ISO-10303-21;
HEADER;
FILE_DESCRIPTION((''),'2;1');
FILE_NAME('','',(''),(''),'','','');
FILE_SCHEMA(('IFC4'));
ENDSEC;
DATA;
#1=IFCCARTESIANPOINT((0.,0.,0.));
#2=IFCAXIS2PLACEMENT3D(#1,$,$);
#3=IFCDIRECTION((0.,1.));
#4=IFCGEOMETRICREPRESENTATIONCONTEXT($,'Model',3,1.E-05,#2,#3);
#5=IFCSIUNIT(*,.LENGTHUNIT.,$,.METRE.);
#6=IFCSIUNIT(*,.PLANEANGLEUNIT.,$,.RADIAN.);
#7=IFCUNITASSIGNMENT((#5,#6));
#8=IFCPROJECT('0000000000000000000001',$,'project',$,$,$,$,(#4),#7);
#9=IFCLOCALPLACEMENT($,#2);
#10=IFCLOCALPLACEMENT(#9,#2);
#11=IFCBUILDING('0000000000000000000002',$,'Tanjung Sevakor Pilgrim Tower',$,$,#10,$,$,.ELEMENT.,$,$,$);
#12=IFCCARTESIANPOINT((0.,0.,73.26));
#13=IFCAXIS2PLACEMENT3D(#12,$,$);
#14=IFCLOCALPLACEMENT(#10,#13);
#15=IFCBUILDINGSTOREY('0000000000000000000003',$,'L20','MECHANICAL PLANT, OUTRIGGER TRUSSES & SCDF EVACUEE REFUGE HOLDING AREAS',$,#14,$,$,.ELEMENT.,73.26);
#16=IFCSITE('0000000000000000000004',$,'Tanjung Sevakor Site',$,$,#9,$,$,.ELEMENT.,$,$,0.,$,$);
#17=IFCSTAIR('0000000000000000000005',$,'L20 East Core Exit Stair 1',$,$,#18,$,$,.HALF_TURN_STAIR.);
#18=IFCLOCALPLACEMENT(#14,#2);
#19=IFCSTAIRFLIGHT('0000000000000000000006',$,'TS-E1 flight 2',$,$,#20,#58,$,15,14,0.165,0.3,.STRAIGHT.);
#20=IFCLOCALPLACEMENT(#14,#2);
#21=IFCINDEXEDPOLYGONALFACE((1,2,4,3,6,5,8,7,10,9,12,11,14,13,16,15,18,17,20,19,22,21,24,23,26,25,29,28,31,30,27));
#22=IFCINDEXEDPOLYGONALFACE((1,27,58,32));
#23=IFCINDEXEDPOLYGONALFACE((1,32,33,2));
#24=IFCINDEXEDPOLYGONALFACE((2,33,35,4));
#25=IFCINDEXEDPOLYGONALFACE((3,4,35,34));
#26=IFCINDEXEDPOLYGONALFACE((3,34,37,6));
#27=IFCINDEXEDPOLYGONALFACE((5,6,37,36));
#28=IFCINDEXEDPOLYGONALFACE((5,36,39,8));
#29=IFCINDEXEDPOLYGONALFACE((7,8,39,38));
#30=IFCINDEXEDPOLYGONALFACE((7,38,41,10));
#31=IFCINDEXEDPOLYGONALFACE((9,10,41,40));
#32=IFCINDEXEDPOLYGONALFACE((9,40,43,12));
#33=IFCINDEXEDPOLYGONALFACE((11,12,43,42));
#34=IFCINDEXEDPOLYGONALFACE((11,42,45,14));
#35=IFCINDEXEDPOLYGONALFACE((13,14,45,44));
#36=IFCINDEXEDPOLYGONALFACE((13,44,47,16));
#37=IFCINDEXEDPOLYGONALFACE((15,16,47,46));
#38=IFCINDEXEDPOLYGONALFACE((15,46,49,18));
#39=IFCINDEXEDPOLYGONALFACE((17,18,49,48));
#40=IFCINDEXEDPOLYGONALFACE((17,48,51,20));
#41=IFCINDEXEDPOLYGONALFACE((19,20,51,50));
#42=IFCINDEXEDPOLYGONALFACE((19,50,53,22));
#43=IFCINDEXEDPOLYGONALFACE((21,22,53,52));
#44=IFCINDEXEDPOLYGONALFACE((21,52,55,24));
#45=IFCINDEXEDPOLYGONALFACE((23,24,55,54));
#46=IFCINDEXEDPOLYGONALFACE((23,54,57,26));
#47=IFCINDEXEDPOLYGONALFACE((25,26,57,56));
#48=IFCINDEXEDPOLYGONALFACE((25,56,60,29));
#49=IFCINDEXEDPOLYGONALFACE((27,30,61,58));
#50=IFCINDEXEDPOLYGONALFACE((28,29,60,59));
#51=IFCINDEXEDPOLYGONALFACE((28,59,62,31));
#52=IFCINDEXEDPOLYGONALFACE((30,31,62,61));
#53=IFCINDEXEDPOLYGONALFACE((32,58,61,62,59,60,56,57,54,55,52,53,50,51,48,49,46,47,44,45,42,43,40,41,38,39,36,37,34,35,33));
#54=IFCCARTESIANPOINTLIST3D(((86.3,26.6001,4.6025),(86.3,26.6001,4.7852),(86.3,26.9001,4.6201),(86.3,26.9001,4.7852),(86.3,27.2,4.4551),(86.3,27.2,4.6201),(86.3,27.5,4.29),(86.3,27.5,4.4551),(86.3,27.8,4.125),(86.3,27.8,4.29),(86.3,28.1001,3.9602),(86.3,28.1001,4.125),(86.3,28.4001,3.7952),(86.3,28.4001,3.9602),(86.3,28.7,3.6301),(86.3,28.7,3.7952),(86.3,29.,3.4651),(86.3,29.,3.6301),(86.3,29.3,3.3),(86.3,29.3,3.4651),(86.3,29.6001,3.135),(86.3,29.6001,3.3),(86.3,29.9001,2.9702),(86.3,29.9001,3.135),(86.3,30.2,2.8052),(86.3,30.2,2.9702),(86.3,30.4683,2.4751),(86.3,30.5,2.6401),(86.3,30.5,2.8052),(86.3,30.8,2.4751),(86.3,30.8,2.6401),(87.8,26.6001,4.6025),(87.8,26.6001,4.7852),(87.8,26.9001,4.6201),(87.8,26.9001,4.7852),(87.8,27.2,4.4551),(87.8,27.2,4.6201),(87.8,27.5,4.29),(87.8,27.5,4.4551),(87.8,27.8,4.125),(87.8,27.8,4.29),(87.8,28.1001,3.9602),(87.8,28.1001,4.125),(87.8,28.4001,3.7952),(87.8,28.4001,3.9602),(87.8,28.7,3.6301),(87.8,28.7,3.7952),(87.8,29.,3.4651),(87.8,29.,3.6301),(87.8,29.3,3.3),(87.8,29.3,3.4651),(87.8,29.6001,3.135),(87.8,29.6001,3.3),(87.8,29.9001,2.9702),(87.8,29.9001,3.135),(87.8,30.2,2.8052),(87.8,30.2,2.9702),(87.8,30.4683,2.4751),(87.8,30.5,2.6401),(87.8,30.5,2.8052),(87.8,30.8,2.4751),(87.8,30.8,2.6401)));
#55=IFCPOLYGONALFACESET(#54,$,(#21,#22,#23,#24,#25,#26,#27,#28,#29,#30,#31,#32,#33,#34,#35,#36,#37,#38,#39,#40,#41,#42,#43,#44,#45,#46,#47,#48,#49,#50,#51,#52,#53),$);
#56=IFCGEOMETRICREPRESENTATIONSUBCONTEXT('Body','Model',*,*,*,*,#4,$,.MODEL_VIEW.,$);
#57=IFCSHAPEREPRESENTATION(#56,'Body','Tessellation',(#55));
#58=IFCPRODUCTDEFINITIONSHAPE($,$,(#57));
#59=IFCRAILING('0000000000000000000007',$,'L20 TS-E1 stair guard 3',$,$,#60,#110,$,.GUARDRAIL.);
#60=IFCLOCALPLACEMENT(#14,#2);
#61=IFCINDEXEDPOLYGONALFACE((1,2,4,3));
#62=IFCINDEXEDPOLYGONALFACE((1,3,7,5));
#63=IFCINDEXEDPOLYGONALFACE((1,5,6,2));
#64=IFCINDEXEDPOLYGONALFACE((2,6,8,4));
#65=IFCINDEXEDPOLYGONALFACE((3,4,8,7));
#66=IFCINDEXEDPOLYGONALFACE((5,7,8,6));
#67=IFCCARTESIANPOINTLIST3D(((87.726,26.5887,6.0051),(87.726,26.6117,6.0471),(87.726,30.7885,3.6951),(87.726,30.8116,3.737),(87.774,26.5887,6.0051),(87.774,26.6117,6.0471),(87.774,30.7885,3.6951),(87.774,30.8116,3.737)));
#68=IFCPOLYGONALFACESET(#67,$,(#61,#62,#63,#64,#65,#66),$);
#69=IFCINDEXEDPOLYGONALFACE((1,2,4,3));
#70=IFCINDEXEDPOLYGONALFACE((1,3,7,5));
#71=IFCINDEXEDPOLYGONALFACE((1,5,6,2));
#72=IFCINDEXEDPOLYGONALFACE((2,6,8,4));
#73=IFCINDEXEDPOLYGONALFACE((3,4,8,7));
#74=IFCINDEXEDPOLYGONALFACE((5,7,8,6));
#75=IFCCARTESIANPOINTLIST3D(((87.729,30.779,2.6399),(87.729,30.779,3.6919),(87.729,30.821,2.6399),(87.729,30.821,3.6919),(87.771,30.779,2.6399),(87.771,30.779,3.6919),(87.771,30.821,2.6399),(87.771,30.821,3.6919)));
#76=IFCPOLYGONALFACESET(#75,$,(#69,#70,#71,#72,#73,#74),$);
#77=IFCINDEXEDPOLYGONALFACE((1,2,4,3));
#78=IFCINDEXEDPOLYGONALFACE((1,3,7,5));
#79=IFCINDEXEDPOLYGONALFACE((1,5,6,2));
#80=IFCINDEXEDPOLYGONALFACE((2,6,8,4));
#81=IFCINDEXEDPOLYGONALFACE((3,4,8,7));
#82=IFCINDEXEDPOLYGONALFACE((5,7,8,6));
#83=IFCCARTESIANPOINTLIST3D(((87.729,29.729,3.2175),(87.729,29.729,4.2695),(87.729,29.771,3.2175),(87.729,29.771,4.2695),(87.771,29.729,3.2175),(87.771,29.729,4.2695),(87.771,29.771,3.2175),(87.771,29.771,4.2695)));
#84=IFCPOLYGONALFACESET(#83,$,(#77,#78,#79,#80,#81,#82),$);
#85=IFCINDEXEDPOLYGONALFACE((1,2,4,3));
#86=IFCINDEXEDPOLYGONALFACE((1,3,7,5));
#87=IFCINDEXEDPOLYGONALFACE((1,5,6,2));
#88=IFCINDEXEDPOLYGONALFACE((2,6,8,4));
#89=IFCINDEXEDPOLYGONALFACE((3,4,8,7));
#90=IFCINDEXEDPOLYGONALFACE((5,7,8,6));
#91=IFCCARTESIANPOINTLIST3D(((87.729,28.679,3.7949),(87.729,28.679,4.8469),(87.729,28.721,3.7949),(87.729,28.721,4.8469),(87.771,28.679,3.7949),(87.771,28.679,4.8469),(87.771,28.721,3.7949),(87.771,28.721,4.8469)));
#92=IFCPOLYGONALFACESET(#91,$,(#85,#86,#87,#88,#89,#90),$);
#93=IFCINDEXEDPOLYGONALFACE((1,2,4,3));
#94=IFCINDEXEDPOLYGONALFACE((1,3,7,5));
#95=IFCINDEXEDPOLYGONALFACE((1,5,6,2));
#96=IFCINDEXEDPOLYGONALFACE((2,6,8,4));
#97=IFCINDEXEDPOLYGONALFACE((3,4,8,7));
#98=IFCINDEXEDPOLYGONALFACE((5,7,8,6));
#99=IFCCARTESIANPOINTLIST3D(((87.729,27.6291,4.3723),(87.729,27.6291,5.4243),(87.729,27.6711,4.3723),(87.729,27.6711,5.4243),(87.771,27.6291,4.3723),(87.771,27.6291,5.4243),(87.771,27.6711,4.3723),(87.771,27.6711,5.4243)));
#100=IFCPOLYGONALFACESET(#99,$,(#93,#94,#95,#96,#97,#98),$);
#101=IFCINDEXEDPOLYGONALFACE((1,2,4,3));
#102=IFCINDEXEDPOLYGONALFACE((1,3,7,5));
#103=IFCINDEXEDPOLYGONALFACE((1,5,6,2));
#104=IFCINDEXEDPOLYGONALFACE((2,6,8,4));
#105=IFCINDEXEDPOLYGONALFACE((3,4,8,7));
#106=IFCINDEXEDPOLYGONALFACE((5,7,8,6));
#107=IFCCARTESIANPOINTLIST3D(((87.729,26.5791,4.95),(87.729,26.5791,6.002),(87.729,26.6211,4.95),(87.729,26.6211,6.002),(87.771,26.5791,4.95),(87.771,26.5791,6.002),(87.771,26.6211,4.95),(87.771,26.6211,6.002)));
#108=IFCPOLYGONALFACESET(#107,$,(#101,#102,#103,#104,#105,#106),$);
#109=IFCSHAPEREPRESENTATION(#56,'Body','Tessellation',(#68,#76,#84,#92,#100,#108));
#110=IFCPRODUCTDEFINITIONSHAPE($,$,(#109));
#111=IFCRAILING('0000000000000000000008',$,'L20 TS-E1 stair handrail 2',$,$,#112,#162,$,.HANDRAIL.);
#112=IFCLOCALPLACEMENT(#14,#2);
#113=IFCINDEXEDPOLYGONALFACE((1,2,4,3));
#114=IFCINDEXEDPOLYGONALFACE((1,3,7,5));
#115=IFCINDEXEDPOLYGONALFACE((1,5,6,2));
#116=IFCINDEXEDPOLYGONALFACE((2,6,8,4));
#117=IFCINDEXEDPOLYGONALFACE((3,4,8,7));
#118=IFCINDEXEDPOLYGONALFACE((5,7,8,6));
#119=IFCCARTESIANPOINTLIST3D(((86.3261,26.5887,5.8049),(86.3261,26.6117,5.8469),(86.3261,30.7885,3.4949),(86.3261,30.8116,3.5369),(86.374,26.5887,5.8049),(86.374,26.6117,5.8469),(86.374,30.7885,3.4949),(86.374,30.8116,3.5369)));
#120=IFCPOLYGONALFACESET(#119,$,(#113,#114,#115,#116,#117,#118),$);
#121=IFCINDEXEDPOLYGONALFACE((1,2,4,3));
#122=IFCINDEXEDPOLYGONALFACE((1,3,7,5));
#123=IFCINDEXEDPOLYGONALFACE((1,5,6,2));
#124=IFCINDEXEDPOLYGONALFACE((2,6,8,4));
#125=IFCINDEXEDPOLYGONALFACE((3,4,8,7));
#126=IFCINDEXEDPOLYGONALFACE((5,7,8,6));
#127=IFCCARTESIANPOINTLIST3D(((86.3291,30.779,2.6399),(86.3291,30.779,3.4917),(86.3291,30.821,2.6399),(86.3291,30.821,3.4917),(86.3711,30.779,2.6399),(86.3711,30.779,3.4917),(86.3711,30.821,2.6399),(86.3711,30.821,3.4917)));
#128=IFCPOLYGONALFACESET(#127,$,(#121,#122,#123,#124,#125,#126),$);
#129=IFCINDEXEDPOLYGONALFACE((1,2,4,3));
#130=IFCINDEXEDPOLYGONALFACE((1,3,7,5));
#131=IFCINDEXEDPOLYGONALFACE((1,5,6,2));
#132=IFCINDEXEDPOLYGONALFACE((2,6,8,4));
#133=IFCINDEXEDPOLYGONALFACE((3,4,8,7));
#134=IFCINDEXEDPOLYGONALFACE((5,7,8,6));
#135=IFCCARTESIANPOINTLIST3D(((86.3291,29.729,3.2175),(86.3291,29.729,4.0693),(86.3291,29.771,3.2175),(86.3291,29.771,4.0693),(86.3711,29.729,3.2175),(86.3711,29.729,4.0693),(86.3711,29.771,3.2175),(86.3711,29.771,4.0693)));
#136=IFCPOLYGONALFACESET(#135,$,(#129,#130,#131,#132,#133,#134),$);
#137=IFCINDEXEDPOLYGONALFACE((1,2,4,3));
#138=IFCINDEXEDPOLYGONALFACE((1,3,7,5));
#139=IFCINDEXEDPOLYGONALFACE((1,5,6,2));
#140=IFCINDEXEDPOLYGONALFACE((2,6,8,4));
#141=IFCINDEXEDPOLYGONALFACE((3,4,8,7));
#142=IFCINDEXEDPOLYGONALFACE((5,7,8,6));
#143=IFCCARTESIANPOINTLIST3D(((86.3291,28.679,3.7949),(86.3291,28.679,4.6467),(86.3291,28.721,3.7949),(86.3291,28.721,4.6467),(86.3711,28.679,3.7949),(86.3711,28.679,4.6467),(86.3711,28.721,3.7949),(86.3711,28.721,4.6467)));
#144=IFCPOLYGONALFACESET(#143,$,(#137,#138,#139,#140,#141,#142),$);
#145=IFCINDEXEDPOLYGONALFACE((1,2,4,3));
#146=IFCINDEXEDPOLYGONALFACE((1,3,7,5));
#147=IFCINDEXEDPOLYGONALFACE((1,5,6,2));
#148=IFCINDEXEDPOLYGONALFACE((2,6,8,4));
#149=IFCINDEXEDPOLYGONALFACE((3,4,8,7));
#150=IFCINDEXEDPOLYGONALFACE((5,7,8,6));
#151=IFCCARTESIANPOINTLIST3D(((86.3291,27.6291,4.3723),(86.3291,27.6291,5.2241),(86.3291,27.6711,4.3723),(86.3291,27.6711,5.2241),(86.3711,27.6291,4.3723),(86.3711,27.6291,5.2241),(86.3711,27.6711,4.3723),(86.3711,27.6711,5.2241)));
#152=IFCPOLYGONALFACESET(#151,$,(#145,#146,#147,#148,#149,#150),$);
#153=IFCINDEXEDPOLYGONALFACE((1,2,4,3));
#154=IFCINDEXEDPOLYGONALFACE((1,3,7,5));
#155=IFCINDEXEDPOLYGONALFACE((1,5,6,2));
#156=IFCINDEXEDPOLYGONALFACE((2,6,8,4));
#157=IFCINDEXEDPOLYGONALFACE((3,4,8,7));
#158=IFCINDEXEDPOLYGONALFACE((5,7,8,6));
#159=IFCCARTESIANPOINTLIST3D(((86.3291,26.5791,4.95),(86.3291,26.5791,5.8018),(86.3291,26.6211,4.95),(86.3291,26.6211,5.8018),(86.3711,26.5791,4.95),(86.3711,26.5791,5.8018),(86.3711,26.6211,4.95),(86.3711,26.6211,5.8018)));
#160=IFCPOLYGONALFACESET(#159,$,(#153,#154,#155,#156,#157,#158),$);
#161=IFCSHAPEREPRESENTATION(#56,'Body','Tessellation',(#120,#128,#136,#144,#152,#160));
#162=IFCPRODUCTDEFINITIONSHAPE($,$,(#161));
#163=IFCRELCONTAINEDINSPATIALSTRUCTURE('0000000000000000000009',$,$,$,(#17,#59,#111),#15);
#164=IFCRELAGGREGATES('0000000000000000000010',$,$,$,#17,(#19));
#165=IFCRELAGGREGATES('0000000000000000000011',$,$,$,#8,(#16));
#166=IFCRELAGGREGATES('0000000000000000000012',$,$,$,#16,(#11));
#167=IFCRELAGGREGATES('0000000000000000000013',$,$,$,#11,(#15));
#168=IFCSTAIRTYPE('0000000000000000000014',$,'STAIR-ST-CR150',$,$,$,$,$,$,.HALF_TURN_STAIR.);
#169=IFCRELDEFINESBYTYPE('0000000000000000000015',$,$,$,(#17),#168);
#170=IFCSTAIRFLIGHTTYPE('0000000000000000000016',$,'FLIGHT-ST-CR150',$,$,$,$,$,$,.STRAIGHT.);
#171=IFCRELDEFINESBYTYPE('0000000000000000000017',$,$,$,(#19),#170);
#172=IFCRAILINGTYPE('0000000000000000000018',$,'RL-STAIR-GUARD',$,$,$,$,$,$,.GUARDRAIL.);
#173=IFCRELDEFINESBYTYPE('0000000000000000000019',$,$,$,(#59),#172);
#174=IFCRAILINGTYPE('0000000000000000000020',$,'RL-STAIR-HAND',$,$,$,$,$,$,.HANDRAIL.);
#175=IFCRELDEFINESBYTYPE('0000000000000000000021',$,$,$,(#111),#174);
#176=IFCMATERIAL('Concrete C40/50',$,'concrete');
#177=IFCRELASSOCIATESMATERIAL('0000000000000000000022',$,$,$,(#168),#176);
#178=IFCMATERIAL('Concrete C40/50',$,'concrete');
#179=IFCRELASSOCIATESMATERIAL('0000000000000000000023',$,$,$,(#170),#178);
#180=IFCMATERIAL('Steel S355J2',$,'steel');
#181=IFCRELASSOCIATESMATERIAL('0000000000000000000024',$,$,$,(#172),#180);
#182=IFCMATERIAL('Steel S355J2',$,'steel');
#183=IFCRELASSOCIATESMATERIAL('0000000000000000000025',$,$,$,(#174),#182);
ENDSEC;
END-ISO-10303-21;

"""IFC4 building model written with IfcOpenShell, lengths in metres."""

from ifc_helpers import new_model, si_unit, direction, frame, origin, place, context, subcontext, project, spatial, polyline, rectangle, outline, extrude, material, type_object, element, aggregate, save


model = new_model("IFC4")

# Units and contexts
model_context = context("Model", 3, precision=1e-05, world=origin(), true_north=direction((0.0, 1.0)))
body_context = subcontext(model_context, "Body", "Model", "MODEL_VIEW")
ifc_project = project(units=[si_unit("LENGTHUNIT", "METRE"), si_unit("PLANEANGLEUNIT", "RADIAN")], contexts=[model_context])

# Site, building, storey
site_placement = place(None, origin())
site = spatial("IfcSite", under=ifc_project, at=site_placement, Name="Tanjung Sevakor Site", CompositionType="ELEMENT", RefElevation=0.0)
building_placement = place(site_placement, origin())
building = spatial("IfcBuilding", under=site, at=building_placement, Name="Tanjung Sevakor Pilgrim Tower", CompositionType="ELEMENT")
storey_placement = place(building_placement, frame((0.0, 0.0, 73.26)))
storey = spatial("IfcBuildingStorey", under=building, at=storey_placement, Name="L20", Description="MECHANICAL PLANT, OUTRIGGER TRUSSES & SCDF EVACUEE REFUGE HOLDING AREAS", CompositionType="ELEMENT", Elevation=73.26)

# Stair, stair flight
ifc_material_1 = material(Name="Concrete C40/50", Category="concrete")
stair_type = type_object("IfcStairType", Name="STAIR-ST-CR150", PredefinedType="HALF_TURN_STAIR", material=ifc_material_1)
stair_placement = place(storey_placement, origin())
stair = element("IfcStair", 1, at=stair_placement, inside=storey, type_object=stair_type, Name="L20 East Core Exit Stair 1", PredefinedType="HALF_TURN_STAIR")
ifc_material_2 = material(Name="Concrete C40/50", Category="concrete")
stair_flight_type = type_object("IfcStairFlightType", Name="FLIGHT-ST-CR150", PredefinedType="STRAIGHT", material=ifc_material_2)
stair_flight_placement = place(storey_placement, frame((87.05, 30.8, 2.4751), z_axis=(0.0, 0.0, 1.0), x_axis=(0.0, -1.0, 0.0)))
stair_flight = element("IfcStairFlight", 2, at=stair_flight_placement, type_object=stair_flight_type, Name="TS-E1 flight 2", NumberOfRisers=15, NumberOfTreads=14, PredefinedType="STRAIGHT", RiserHeight=0.165, TreadLength=0.3, context=body_context, shape_type="SweptSolid", body=[
    extrude(outline(polyline([(0.0, 0.0), (0.0, 0.165), (0.3, 0.165), (0.3, 0.3301), (0.6001, 0.3301), (0.6001, 0.4951), (0.8999, 0.4951), (0.8999, 0.6599), (1.2, 0.6599), (1.2, 0.825), (1.5, 0.825), (1.5, 0.99), (1.8, 0.99), (1.8, 1.155), (2.1001, 1.155), (2.1001, 1.3201), (2.3999, 1.3201), (2.3999, 1.4851), (2.7, 1.4851), (2.7, 1.6499), (3.0, 1.6499), (3.0, 1.8149), (3.3, 1.8149), (3.3, 1.98), (3.6001, 1.98), (3.6001, 2.145), (3.8999, 2.145), (3.8999, 2.3101), (4.2, 2.3101), (4.2, 2.4751), (4.2, 2.1274), (0.3318, 0.0), (0.0, 0.0)])), frame((0.0, 0.75, 0.0), z_axis=(0.0, -1.0, 0.0), x_axis=(1.0, 0.0, 0.0)), (0.0, 0.0, 1.0), 1.5),
])
aggregate(stair, [stair_flight])

# Railings
ifc_material_3 = material(Name="Steel S355J2", Category="steel")
railing_type_1 = type_object("IfcRailingType", Name="RL-STAIR-GUARD", PredefinedType="GUARDRAIL", material=ifc_material_3)
railing_1_placement = place(storey_placement, frame((87.75, 30.8, 2.6399)))
element("IfcRailing", 3, at=railing_1_placement, inside=storey, type_object=railing_type_1, Name="L20 TS-E1 stair guard 3", PredefinedType="GUARDRAIL", context=body_context, shape_type="SweptSolid", body=[
    extrude(rectangle(XDim=0.0479, YDim=0.0479), frame((0.0, 0.0, 1.0762), z_axis=(0.0, -0.876208, 0.481932), x_axis=(1.0, 0.0, 0.0)), (0.0, 0.0, 1.0), 4.7932),
    extrude(rectangle(XDim=0.042, YDim=0.042), origin(), (0.0, 0.0, 1.0), 1.052),
    extrude(rectangle(XDim=0.042, YDim=0.042), frame((0.0, -1.05, 0.5776)), (0.0, 0.0, 1.0), 1.052),
    extrude(rectangle(XDim=0.042, YDim=0.042), frame((0.0, -2.1001, 1.155)), (0.0, 0.0, 1.0), 1.052),
    extrude(rectangle(XDim=0.042, YDim=0.042), frame((0.0, -3.1499, 1.7324)), (0.0, 0.0, 1.0), 1.052),
    extrude(rectangle(XDim=0.042, YDim=0.042), frame((0.0, -4.2, 2.3101)), (0.0, 0.0, 1.0), 1.052),
])
ifc_material_4 = material(Name="Steel S355J2", Category="steel")
railing_type_2 = type_object("IfcRailingType", Name="RL-STAIR-HAND", PredefinedType="HANDRAIL", material=ifc_material_4)
railing_2_placement = place(storey_placement, frame((86.3501, 30.8, 2.6399)))
element("IfcRailing", 4, at=railing_2_placement, inside=storey, type_object=railing_type_2, Name="L20 TS-E1 stair handrail 2", PredefinedType="HANDRAIL", context=body_context, shape_type="SweptSolid", body=[
    extrude(rectangle(XDim=0.0479, YDim=0.0479), frame((0.0, 0.0, 0.876), z_axis=(0.0, -0.876208, 0.481932), x_axis=(1.0, 0.0, 0.0)), (0.0, 0.0, 1.0), 4.7932),
    extrude(rectangle(XDim=0.042, YDim=0.042), origin(), (0.0, 0.0, 1.0), 0.8518),
    extrude(rectangle(XDim=0.042, YDim=0.042), frame((0.0, -1.05, 0.5776)), (0.0, 0.0, 1.0), 0.8518),
    extrude(rectangle(XDim=0.042, YDim=0.042), frame((0.0, -2.1001, 1.155)), (0.0, 0.0, 1.0), 0.8518),
    extrude(rectangle(XDim=0.042, YDim=0.042), frame((0.0, -3.1499, 1.7324)), (0.0, 0.0, 1.0), 0.8518),
    extrude(rectangle(XDim=0.042, YDim=0.042), frame((0.0, -4.2, 2.3101)), (0.0, 0.0, 1.0), 0.8518),
])

save(model, "model.ifc")
